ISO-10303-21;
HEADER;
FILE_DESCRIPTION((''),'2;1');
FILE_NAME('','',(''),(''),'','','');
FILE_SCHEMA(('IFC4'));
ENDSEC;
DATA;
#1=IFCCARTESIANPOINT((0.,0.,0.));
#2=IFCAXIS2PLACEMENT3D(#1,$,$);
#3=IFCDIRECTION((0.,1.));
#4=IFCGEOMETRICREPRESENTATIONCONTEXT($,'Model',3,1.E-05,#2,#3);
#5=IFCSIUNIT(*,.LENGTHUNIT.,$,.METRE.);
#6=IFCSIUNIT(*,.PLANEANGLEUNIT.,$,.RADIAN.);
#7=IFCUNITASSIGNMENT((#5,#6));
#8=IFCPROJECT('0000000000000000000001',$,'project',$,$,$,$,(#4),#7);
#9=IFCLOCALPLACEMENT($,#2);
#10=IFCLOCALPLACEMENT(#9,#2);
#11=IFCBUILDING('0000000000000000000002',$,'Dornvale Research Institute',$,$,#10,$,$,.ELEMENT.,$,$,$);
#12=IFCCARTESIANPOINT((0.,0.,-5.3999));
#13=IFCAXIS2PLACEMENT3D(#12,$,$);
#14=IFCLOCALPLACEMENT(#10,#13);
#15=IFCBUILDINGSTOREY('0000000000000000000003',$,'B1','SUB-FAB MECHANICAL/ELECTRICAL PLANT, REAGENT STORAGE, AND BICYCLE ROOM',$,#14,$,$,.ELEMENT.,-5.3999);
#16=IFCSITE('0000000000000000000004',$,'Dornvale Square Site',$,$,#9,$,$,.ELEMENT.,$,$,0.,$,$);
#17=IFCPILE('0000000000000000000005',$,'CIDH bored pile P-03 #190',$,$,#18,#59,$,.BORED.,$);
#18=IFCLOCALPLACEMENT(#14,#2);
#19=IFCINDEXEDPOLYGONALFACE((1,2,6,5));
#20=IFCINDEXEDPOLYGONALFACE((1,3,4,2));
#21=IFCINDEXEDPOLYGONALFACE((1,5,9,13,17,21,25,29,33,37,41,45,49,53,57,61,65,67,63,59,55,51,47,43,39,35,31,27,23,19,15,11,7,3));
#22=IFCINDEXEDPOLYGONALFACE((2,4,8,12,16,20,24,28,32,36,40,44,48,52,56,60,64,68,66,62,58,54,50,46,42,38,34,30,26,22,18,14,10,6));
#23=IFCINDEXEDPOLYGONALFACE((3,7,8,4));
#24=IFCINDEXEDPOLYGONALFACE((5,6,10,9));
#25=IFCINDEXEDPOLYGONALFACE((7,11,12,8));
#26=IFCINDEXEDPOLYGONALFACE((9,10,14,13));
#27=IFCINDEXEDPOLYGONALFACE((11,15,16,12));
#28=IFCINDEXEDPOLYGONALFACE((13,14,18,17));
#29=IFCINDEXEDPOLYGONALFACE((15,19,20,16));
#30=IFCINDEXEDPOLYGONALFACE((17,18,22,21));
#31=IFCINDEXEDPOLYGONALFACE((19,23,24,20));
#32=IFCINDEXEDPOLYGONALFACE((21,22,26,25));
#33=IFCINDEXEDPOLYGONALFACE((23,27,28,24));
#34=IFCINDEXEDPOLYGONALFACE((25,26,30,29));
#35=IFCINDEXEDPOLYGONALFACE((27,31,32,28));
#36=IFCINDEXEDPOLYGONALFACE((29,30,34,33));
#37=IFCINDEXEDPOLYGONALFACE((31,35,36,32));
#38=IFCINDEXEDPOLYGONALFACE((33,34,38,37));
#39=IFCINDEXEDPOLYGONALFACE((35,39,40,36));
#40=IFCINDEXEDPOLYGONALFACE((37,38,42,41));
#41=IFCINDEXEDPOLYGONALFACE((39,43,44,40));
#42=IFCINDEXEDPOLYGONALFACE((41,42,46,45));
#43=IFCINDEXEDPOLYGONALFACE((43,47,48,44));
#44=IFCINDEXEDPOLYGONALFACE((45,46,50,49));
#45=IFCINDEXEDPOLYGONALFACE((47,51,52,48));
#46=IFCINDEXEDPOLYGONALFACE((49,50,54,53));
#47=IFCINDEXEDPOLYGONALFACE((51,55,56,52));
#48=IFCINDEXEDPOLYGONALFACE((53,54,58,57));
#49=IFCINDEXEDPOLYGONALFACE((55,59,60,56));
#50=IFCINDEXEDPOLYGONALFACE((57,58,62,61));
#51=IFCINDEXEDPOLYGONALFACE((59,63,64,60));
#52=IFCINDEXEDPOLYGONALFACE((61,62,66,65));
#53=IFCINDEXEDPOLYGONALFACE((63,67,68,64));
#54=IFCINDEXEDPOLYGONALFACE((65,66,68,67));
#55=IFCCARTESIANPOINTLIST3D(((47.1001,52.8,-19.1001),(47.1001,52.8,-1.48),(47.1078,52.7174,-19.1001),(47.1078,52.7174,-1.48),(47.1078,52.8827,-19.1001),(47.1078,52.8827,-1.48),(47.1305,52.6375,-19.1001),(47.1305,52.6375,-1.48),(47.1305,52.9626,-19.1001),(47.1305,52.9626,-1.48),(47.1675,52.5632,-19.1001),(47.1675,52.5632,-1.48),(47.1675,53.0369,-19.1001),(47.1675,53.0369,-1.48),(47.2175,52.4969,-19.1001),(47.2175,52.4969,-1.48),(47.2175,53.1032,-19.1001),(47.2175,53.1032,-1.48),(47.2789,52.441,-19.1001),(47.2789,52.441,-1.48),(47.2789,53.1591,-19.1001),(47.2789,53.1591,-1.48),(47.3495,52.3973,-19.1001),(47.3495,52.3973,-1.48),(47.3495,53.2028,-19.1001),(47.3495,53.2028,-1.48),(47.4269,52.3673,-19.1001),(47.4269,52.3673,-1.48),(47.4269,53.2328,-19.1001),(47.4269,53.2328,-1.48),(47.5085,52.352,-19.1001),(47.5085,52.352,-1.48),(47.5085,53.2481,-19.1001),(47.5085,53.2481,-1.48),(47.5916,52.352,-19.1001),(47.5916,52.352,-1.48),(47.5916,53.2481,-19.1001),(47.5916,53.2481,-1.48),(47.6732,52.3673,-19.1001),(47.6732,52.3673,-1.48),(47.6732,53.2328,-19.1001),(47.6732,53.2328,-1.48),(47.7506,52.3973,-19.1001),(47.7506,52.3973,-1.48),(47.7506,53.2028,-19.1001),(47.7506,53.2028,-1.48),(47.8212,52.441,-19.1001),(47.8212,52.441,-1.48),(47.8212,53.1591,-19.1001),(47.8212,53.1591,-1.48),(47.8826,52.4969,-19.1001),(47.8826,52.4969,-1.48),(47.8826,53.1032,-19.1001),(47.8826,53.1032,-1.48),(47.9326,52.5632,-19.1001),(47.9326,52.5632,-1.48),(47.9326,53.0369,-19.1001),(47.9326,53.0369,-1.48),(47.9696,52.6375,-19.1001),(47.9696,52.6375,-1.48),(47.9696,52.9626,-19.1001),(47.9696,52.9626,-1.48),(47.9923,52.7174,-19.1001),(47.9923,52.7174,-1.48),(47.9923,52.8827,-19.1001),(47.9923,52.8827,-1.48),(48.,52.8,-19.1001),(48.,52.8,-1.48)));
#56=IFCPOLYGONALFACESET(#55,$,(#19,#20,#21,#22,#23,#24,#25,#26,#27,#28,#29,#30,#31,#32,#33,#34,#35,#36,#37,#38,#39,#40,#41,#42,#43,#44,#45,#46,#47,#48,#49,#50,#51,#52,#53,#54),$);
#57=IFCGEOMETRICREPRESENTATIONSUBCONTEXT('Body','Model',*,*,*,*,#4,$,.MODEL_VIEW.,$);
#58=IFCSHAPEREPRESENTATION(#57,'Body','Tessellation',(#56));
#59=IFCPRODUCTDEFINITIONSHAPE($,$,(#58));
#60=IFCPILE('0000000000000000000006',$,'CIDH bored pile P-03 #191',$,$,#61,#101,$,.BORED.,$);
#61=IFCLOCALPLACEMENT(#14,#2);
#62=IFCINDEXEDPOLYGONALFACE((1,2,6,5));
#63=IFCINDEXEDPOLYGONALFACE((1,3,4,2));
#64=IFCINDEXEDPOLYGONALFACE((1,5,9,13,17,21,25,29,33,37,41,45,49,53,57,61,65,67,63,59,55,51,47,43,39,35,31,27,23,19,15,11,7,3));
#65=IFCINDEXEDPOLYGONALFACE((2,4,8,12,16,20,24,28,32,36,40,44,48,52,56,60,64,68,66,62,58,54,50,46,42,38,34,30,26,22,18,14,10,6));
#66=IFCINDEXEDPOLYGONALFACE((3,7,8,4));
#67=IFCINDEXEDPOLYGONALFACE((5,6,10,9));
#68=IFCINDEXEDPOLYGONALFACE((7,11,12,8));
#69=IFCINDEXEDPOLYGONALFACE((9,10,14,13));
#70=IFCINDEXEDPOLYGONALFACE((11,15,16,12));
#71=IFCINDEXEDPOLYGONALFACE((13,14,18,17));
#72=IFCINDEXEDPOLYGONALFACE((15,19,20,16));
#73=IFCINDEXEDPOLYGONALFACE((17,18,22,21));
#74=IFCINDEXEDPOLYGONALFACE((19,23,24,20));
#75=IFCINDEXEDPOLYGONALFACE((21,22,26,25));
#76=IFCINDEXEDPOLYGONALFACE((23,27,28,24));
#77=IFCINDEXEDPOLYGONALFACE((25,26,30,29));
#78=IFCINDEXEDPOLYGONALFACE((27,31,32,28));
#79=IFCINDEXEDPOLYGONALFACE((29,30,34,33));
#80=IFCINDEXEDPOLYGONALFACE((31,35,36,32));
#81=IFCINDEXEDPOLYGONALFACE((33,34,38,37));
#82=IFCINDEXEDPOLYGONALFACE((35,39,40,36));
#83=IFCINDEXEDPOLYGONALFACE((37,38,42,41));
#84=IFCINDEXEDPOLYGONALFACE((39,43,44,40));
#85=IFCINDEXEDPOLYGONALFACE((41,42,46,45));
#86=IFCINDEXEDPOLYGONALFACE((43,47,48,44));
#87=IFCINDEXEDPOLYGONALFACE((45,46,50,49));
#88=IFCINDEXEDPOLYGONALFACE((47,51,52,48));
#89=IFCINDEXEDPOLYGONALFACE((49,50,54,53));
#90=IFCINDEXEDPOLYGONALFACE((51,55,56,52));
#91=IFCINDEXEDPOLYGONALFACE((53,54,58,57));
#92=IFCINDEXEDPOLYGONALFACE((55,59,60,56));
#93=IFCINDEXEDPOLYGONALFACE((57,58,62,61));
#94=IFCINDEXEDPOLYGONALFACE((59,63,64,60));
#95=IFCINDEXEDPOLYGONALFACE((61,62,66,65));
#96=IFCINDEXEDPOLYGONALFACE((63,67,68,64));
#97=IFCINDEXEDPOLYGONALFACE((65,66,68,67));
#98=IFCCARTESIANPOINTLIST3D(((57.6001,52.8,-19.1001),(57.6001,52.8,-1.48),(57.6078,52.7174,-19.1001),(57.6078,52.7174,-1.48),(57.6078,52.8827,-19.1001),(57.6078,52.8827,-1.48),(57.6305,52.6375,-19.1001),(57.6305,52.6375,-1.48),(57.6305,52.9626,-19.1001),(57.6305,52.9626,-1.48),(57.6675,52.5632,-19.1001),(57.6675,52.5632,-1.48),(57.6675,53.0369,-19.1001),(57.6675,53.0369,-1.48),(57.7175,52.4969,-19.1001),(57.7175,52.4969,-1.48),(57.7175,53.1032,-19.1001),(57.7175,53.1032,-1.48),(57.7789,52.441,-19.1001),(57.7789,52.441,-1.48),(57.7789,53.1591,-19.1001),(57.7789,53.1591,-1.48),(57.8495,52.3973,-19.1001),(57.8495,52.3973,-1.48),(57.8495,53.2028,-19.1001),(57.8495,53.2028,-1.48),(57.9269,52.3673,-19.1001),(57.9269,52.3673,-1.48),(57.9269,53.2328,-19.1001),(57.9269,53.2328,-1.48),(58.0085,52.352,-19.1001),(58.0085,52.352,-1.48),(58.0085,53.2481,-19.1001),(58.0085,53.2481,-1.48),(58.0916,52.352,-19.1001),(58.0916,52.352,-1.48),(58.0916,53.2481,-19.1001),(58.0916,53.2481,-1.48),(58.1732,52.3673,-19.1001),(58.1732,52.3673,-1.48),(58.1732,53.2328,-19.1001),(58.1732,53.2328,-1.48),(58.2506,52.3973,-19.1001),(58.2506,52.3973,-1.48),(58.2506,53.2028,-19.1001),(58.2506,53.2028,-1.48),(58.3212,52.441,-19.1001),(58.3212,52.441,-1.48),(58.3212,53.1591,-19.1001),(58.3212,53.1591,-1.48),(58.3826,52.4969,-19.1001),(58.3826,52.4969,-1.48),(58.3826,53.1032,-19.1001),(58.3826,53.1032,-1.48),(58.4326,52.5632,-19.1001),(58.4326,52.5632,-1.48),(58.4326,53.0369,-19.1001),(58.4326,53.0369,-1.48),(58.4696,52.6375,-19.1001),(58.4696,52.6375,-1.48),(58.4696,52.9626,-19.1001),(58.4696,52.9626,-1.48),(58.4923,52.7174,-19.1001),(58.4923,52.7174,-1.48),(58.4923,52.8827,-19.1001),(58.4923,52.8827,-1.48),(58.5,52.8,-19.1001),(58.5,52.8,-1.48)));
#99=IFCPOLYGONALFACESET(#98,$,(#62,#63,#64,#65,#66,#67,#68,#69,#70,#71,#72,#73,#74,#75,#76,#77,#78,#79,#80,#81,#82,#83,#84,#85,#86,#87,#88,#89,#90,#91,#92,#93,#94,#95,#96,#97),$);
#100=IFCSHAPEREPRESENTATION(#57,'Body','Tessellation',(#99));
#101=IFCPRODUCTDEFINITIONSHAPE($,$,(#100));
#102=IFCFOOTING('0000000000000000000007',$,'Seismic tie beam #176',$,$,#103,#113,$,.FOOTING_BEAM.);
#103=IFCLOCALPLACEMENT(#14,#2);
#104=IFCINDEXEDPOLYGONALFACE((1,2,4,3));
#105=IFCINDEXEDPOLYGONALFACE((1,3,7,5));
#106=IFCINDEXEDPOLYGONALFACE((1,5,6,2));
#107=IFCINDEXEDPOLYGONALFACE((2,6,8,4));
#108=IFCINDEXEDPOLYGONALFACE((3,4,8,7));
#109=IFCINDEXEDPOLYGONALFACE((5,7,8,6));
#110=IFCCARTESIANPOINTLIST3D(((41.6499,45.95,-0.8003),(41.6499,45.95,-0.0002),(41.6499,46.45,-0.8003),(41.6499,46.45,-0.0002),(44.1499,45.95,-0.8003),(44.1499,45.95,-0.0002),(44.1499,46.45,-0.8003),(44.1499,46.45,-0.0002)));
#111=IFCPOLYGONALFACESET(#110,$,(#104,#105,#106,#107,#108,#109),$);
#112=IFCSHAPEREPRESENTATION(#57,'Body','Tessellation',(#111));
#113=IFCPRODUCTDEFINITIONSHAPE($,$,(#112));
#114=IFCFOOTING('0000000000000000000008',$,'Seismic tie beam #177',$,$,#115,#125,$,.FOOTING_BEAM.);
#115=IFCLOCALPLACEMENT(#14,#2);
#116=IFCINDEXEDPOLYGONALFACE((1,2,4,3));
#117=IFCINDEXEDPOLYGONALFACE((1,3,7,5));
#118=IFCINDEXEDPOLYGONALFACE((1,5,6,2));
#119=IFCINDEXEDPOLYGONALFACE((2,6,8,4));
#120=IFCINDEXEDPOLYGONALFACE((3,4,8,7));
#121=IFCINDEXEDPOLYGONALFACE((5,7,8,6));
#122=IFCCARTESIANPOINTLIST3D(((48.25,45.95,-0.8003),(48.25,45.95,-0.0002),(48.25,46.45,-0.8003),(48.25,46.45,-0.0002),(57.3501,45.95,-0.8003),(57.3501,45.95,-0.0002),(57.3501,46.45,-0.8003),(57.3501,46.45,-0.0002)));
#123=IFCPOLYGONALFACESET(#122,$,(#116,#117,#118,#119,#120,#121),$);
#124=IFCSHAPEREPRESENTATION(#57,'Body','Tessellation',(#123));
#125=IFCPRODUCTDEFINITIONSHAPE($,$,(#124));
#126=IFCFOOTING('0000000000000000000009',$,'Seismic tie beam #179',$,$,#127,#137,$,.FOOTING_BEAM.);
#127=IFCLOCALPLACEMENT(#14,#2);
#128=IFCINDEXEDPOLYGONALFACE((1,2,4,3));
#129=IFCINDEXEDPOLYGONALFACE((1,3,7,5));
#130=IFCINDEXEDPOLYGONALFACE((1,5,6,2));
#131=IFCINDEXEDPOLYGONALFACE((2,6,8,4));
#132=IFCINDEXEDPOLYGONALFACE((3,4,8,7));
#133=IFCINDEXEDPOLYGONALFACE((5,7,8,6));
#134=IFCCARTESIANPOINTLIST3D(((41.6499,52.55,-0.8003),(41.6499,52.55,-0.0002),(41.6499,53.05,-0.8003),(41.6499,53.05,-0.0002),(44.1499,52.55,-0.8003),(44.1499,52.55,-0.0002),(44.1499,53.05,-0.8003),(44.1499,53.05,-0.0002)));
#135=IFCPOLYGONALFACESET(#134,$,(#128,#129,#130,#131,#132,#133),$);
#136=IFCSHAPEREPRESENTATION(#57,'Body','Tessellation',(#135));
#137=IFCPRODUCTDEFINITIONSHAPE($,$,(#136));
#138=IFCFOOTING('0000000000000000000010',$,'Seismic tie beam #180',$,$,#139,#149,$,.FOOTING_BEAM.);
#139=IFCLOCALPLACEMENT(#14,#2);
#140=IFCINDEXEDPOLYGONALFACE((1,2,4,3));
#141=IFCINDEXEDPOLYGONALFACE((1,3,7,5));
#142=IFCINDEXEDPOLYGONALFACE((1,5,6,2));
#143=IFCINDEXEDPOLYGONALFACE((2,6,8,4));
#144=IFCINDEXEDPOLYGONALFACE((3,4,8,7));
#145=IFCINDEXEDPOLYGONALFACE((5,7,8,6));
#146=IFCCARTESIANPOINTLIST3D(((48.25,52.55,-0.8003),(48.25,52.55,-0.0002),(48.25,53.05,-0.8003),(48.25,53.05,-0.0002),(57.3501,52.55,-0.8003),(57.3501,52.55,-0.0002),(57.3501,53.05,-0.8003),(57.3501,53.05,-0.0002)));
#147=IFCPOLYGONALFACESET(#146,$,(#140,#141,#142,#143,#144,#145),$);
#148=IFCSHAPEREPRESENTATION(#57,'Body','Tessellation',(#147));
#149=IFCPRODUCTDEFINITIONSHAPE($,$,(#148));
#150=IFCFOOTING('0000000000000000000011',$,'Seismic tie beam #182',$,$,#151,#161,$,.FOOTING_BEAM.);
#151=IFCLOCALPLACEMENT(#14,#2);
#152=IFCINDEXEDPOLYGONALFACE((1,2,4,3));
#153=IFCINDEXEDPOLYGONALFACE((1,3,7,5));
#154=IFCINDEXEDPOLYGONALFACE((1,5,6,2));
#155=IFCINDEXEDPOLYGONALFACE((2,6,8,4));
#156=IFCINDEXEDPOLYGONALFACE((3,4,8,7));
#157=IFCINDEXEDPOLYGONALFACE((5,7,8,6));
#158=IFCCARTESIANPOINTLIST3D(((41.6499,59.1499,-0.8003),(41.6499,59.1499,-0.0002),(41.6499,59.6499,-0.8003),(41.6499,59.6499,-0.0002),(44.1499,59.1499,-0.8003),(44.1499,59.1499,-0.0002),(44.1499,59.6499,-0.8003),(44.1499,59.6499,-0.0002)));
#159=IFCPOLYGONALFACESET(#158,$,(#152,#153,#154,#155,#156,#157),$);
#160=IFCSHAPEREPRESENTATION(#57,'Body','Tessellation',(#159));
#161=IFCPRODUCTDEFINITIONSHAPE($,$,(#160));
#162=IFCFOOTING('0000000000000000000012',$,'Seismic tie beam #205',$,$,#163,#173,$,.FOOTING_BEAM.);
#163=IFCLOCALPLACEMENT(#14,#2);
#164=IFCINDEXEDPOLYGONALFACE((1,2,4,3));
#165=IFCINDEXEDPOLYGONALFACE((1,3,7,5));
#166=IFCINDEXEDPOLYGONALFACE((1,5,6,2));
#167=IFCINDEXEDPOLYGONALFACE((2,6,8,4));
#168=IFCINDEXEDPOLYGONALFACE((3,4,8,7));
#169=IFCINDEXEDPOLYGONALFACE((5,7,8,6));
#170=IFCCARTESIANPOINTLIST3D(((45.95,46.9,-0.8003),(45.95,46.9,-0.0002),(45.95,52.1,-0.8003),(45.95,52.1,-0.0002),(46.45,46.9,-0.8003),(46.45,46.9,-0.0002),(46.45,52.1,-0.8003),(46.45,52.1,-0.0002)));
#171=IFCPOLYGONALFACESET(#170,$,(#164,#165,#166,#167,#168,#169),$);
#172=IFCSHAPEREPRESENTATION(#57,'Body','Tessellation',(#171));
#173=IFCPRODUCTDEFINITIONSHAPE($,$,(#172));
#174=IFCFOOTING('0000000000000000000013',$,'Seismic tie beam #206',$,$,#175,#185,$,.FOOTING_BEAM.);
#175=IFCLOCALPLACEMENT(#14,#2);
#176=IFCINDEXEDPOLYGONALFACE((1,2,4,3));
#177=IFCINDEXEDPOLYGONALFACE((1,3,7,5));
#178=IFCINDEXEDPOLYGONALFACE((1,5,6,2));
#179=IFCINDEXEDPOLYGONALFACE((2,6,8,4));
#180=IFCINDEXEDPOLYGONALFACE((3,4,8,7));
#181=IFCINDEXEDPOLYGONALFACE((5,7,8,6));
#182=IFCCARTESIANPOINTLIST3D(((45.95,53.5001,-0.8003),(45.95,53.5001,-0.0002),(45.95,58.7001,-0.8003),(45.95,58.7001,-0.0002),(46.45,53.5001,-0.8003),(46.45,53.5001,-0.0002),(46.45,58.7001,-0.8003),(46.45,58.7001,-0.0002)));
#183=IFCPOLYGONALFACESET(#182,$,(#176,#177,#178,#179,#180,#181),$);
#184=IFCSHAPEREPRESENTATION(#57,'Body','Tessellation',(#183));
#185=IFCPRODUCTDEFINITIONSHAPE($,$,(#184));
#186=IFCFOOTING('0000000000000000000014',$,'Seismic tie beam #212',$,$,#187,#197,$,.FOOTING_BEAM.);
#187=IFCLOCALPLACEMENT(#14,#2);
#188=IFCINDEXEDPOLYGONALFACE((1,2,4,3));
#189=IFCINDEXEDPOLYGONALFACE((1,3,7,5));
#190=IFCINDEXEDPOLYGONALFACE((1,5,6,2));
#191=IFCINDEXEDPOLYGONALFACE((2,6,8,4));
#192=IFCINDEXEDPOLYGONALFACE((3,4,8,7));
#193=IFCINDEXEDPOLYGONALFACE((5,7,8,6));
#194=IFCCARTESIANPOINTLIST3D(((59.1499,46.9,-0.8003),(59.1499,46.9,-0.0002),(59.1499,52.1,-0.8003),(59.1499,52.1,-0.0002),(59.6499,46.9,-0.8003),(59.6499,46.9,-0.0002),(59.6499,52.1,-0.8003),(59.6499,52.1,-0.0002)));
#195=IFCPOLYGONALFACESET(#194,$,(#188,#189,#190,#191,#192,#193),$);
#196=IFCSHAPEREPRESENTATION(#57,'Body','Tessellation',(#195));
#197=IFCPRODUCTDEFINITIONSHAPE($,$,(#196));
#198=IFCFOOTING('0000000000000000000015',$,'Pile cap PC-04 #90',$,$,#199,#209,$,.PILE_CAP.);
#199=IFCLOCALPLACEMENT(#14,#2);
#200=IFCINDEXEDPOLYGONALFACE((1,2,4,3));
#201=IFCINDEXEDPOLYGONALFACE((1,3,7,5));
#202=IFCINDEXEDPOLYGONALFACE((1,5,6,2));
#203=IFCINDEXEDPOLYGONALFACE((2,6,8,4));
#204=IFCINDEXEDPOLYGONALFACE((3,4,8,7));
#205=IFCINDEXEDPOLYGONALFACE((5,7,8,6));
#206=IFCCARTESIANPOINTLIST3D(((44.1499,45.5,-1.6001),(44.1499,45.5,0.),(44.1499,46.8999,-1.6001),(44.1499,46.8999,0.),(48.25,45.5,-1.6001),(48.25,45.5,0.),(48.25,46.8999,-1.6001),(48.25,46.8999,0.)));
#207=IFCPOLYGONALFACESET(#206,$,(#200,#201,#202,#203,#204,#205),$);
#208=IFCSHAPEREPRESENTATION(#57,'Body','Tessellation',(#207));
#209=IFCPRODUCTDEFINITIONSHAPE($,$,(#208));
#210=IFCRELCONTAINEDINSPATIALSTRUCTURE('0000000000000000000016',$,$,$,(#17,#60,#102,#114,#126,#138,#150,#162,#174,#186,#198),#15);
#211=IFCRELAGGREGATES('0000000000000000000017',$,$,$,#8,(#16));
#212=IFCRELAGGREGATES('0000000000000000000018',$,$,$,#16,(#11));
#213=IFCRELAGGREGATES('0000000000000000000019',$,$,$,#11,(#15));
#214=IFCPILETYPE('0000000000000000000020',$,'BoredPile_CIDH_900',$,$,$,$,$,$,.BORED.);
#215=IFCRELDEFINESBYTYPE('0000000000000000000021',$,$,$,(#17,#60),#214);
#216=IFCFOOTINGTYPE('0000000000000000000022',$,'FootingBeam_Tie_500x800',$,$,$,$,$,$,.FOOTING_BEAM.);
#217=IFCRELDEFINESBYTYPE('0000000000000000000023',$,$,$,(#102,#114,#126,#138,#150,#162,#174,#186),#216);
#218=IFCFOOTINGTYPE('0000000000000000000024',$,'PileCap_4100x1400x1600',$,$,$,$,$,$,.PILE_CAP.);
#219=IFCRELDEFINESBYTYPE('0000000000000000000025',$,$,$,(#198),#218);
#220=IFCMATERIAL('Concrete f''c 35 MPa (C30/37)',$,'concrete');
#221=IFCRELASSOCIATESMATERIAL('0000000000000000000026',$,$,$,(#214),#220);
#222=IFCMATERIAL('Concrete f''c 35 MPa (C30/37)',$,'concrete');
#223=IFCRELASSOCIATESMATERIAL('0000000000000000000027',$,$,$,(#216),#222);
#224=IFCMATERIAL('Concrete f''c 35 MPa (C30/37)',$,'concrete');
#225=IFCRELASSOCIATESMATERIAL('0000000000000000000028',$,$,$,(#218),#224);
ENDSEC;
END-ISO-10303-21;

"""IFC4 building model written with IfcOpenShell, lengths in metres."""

from ifc_helpers import new_model, si_unit, direction, frame, origin, origin_2d, place, context, subcontext, project, spatial, rectangle, circle, extrude, material, material_profile, profile_set, type_object, element, save


model = new_model("IFC4")

# Units and contexts
model_context = context("Model", 3, precision=1e-05, world=origin(), true_north=direction((0.0, 1.0)))
body_context = subcontext(model_context, "Body", "Model", "MODEL_VIEW")
ifc_project = project(units=[si_unit("LENGTHUNIT", "METRE"), si_unit("PLANEANGLEUNIT", "RADIAN")], contexts=[model_context])

# Site, building, storey
site_placement = place(None, origin())
site = spatial("IfcSite", under=ifc_project, at=site_placement, Name="Dornvale Square Site", CompositionType="ELEMENT", RefElevation=0.0)
building_placement = place(site_placement, origin())
building = spatial("IfcBuilding", under=site, at=building_placement, Name="Dornvale Research Institute", CompositionType="ELEMENT")
storey_placement = place(building_placement, frame((0.0, 0.0, -5.3999)))
storey = spatial("IfcBuildingStorey", under=building, at=storey_placement, Name="B1", Description="SUB-FAB MECHANICAL/ELECTRICAL PLANT, REAGENT STORAGE, AND BICYCLE ROOM", CompositionType="ELEMENT", Elevation=-5.3999)

# Piles
ifc_material_1 = material(Name="Concrete f'c 35 MPa (C30/37)", Category="concrete")
ifc_material_profile_1 = material_profile(ifc_material_1, circle(Radius=0.45, at=origin_2d()), Name="CIDH PILE D900")
ifc_profile_set_1 = profile_set([ifc_material_profile_1], Name="Concrete f'c 35 MPa (C30/37)")
pile_type = type_object("IfcPileType", Name="BoredPile_CIDH_900", PredefinedType="BORED", material=ifc_profile_set_1)
for number, where, z_axis, x_axis, name in (
    (1, (47.55, 52.8, -1.48), (0.0, 0.0, -1.0), (1.0, 0.0, 0.0), "CIDH bored pile P-03 #190"),
    (2, (58.05, 52.8, -1.48), (0.0, 0.0, -1.0), (1.0, 0.0, 0.0), "CIDH bored pile P-03 #191"),
):
    element("IfcPile", number, at=place(storey_placement, frame(where, z_axis=z_axis, x_axis=x_axis)), inside=storey, type_object=pile_type, Name=name, PredefinedType="BORED", context=body_context, shape_type="SweptSolid", body=[
        extrude(circle(Radius=0.45, at=origin_2d()), origin(), (0.0, 0.0, 1.0), 17.6201),
    ])

# Footings
ifc_material_2 = material(Name="Concrete f'c 35 MPa (C30/37)", Category="concrete")
footing_type_1 = type_object("IfcFootingType", Name="FootingBeam_Tie_500x800", PredefinedType="FOOTING_BEAM", material=ifc_material_2)
footing_1_placement = place(storey_placement, frame((42.8999, 46.2, -0.8003), z_axis=(0.0, 0.0, 1.0), x_axis=(1.0, 0.0, 0.0)))
element("IfcFooting", 3, at=footing_1_placement, inside=storey, type_object=footing_type_1, Name="Seismic tie beam #176", PredefinedType="FOOTING_BEAM", context=body_context, shape_type="SweptSolid", body=[
    extrude(rectangle(XDim=2.5, YDim=0.5, at=origin_2d()), origin(), (0.0, 0.0, 1.0), 0.8),
])
footing_2_placement = place(storey_placement, frame((52.8, 46.2, -0.8003), z_axis=(0.0, 0.0, 1.0), x_axis=(1.0, 0.0, 0.0)))
element("IfcFooting", 4, at=footing_2_placement, inside=storey, type_object=footing_type_1, Name="Seismic tie beam #177", PredefinedType="FOOTING_BEAM", context=body_context, shape_type="SweptSolid", body=[
    extrude(rectangle(XDim=9.1001, YDim=0.5, at=origin_2d()), origin(), (0.0, 0.0, 1.0), 0.8),
])
footing_3_placement = place(storey_placement, frame((42.8999, 52.8, -0.8003), z_axis=(0.0, 0.0, 1.0), x_axis=(1.0, 0.0, 0.0)))
element("IfcFooting", 5, at=footing_3_placement, inside=storey, type_object=footing_type_1, Name="Seismic tie beam #179", PredefinedType="FOOTING_BEAM", context=body_context, shape_type="SweptSolid", body=[
    extrude(rectangle(XDim=2.5, YDim=0.5, at=origin_2d()), origin(), (0.0, 0.0, 1.0), 0.8),
])
footing_4_placement = place(storey_placement, frame((52.8, 52.8, -0.8003), z_axis=(0.0, 0.0, 1.0), x_axis=(1.0, 0.0, 0.0)))
element("IfcFooting", 6, at=footing_4_placement, inside=storey, type_object=footing_type_1, Name="Seismic tie beam #180", PredefinedType="FOOTING_BEAM", context=body_context, shape_type="SweptSolid", body=[
    extrude(rectangle(XDim=9.1001, YDim=0.5, at=origin_2d()), origin(), (0.0, 0.0, 1.0), 0.8),
])
footing_5_placement = place(storey_placement, frame((42.8999, 59.3999, -0.8003), z_axis=(0.0, 0.0, 1.0), x_axis=(1.0, 0.0, 0.0)))
element("IfcFooting", 7, at=footing_5_placement, inside=storey, type_object=footing_type_1, Name="Seismic tie beam #182", PredefinedType="FOOTING_BEAM", context=body_context, shape_type="SweptSolid", body=[
    extrude(rectangle(XDim=2.5, YDim=0.5, at=origin_2d()), origin(), (0.0, 0.0, 1.0), 0.8),
])
for number, where, z_axis, x_axis, name in (
    (8, (46.2, 49.5, -0.8003), (0.0, 0.0, 1.0), (0.0, 1.0, 0.0), "Seismic tie beam #205"),
    (9, (46.2, 56.1001, -0.8003), (0.0, 0.0, 1.0), (0.0, 1.0, 0.0), "Seismic tie beam #206"),
    (10, (59.3999, 49.5, -0.8003), (0.0, 0.0, 1.0), (0.0, 1.0, 0.0), "Seismic tie beam #212"),
):
    element("IfcFooting", number, at=place(storey_placement, frame(where, z_axis=z_axis, x_axis=x_axis)), inside=storey, type_object=footing_type_1, Name=name, PredefinedType="FOOTING_BEAM", context=body_context, shape_type="SweptSolid", body=[
        extrude(rectangle(XDim=5.2, YDim=0.5, at=origin_2d()), origin(), (0.0, 0.0, 1.0), 0.8),
    ])
ifc_material_3 = material(Name="Concrete f'c 35 MPa (C30/37)", Category="concrete")
footing_type_2 = type_object("IfcFootingType", Name="PileCap_4100x1400x1600", PredefinedType="PILE_CAP", material=ifc_material_3)
for number, where, z_axis, x_axis, name in (
    (11, (46.2, 46.2, -1.6001), (0.0, 0.0, 1.0), (1.0, 0.0, 0.0), "Pile cap PC-04 #90"),
):
    element("IfcFooting", number, at=place(storey_placement, frame(where, z_axis=z_axis, x_axis=x_axis)), inside=storey, type_object=footing_type_2, Name=name, PredefinedType="PILE_CAP", context=body_context, shape_type="SweptSolid", body=[
        extrude(rectangle(XDim=4.1001, YDim=1.3999, at=origin_2d()), origin(), (0.0, 0.0, 1.0), 1.6001),
    ])

save(model, "model.ifc")
